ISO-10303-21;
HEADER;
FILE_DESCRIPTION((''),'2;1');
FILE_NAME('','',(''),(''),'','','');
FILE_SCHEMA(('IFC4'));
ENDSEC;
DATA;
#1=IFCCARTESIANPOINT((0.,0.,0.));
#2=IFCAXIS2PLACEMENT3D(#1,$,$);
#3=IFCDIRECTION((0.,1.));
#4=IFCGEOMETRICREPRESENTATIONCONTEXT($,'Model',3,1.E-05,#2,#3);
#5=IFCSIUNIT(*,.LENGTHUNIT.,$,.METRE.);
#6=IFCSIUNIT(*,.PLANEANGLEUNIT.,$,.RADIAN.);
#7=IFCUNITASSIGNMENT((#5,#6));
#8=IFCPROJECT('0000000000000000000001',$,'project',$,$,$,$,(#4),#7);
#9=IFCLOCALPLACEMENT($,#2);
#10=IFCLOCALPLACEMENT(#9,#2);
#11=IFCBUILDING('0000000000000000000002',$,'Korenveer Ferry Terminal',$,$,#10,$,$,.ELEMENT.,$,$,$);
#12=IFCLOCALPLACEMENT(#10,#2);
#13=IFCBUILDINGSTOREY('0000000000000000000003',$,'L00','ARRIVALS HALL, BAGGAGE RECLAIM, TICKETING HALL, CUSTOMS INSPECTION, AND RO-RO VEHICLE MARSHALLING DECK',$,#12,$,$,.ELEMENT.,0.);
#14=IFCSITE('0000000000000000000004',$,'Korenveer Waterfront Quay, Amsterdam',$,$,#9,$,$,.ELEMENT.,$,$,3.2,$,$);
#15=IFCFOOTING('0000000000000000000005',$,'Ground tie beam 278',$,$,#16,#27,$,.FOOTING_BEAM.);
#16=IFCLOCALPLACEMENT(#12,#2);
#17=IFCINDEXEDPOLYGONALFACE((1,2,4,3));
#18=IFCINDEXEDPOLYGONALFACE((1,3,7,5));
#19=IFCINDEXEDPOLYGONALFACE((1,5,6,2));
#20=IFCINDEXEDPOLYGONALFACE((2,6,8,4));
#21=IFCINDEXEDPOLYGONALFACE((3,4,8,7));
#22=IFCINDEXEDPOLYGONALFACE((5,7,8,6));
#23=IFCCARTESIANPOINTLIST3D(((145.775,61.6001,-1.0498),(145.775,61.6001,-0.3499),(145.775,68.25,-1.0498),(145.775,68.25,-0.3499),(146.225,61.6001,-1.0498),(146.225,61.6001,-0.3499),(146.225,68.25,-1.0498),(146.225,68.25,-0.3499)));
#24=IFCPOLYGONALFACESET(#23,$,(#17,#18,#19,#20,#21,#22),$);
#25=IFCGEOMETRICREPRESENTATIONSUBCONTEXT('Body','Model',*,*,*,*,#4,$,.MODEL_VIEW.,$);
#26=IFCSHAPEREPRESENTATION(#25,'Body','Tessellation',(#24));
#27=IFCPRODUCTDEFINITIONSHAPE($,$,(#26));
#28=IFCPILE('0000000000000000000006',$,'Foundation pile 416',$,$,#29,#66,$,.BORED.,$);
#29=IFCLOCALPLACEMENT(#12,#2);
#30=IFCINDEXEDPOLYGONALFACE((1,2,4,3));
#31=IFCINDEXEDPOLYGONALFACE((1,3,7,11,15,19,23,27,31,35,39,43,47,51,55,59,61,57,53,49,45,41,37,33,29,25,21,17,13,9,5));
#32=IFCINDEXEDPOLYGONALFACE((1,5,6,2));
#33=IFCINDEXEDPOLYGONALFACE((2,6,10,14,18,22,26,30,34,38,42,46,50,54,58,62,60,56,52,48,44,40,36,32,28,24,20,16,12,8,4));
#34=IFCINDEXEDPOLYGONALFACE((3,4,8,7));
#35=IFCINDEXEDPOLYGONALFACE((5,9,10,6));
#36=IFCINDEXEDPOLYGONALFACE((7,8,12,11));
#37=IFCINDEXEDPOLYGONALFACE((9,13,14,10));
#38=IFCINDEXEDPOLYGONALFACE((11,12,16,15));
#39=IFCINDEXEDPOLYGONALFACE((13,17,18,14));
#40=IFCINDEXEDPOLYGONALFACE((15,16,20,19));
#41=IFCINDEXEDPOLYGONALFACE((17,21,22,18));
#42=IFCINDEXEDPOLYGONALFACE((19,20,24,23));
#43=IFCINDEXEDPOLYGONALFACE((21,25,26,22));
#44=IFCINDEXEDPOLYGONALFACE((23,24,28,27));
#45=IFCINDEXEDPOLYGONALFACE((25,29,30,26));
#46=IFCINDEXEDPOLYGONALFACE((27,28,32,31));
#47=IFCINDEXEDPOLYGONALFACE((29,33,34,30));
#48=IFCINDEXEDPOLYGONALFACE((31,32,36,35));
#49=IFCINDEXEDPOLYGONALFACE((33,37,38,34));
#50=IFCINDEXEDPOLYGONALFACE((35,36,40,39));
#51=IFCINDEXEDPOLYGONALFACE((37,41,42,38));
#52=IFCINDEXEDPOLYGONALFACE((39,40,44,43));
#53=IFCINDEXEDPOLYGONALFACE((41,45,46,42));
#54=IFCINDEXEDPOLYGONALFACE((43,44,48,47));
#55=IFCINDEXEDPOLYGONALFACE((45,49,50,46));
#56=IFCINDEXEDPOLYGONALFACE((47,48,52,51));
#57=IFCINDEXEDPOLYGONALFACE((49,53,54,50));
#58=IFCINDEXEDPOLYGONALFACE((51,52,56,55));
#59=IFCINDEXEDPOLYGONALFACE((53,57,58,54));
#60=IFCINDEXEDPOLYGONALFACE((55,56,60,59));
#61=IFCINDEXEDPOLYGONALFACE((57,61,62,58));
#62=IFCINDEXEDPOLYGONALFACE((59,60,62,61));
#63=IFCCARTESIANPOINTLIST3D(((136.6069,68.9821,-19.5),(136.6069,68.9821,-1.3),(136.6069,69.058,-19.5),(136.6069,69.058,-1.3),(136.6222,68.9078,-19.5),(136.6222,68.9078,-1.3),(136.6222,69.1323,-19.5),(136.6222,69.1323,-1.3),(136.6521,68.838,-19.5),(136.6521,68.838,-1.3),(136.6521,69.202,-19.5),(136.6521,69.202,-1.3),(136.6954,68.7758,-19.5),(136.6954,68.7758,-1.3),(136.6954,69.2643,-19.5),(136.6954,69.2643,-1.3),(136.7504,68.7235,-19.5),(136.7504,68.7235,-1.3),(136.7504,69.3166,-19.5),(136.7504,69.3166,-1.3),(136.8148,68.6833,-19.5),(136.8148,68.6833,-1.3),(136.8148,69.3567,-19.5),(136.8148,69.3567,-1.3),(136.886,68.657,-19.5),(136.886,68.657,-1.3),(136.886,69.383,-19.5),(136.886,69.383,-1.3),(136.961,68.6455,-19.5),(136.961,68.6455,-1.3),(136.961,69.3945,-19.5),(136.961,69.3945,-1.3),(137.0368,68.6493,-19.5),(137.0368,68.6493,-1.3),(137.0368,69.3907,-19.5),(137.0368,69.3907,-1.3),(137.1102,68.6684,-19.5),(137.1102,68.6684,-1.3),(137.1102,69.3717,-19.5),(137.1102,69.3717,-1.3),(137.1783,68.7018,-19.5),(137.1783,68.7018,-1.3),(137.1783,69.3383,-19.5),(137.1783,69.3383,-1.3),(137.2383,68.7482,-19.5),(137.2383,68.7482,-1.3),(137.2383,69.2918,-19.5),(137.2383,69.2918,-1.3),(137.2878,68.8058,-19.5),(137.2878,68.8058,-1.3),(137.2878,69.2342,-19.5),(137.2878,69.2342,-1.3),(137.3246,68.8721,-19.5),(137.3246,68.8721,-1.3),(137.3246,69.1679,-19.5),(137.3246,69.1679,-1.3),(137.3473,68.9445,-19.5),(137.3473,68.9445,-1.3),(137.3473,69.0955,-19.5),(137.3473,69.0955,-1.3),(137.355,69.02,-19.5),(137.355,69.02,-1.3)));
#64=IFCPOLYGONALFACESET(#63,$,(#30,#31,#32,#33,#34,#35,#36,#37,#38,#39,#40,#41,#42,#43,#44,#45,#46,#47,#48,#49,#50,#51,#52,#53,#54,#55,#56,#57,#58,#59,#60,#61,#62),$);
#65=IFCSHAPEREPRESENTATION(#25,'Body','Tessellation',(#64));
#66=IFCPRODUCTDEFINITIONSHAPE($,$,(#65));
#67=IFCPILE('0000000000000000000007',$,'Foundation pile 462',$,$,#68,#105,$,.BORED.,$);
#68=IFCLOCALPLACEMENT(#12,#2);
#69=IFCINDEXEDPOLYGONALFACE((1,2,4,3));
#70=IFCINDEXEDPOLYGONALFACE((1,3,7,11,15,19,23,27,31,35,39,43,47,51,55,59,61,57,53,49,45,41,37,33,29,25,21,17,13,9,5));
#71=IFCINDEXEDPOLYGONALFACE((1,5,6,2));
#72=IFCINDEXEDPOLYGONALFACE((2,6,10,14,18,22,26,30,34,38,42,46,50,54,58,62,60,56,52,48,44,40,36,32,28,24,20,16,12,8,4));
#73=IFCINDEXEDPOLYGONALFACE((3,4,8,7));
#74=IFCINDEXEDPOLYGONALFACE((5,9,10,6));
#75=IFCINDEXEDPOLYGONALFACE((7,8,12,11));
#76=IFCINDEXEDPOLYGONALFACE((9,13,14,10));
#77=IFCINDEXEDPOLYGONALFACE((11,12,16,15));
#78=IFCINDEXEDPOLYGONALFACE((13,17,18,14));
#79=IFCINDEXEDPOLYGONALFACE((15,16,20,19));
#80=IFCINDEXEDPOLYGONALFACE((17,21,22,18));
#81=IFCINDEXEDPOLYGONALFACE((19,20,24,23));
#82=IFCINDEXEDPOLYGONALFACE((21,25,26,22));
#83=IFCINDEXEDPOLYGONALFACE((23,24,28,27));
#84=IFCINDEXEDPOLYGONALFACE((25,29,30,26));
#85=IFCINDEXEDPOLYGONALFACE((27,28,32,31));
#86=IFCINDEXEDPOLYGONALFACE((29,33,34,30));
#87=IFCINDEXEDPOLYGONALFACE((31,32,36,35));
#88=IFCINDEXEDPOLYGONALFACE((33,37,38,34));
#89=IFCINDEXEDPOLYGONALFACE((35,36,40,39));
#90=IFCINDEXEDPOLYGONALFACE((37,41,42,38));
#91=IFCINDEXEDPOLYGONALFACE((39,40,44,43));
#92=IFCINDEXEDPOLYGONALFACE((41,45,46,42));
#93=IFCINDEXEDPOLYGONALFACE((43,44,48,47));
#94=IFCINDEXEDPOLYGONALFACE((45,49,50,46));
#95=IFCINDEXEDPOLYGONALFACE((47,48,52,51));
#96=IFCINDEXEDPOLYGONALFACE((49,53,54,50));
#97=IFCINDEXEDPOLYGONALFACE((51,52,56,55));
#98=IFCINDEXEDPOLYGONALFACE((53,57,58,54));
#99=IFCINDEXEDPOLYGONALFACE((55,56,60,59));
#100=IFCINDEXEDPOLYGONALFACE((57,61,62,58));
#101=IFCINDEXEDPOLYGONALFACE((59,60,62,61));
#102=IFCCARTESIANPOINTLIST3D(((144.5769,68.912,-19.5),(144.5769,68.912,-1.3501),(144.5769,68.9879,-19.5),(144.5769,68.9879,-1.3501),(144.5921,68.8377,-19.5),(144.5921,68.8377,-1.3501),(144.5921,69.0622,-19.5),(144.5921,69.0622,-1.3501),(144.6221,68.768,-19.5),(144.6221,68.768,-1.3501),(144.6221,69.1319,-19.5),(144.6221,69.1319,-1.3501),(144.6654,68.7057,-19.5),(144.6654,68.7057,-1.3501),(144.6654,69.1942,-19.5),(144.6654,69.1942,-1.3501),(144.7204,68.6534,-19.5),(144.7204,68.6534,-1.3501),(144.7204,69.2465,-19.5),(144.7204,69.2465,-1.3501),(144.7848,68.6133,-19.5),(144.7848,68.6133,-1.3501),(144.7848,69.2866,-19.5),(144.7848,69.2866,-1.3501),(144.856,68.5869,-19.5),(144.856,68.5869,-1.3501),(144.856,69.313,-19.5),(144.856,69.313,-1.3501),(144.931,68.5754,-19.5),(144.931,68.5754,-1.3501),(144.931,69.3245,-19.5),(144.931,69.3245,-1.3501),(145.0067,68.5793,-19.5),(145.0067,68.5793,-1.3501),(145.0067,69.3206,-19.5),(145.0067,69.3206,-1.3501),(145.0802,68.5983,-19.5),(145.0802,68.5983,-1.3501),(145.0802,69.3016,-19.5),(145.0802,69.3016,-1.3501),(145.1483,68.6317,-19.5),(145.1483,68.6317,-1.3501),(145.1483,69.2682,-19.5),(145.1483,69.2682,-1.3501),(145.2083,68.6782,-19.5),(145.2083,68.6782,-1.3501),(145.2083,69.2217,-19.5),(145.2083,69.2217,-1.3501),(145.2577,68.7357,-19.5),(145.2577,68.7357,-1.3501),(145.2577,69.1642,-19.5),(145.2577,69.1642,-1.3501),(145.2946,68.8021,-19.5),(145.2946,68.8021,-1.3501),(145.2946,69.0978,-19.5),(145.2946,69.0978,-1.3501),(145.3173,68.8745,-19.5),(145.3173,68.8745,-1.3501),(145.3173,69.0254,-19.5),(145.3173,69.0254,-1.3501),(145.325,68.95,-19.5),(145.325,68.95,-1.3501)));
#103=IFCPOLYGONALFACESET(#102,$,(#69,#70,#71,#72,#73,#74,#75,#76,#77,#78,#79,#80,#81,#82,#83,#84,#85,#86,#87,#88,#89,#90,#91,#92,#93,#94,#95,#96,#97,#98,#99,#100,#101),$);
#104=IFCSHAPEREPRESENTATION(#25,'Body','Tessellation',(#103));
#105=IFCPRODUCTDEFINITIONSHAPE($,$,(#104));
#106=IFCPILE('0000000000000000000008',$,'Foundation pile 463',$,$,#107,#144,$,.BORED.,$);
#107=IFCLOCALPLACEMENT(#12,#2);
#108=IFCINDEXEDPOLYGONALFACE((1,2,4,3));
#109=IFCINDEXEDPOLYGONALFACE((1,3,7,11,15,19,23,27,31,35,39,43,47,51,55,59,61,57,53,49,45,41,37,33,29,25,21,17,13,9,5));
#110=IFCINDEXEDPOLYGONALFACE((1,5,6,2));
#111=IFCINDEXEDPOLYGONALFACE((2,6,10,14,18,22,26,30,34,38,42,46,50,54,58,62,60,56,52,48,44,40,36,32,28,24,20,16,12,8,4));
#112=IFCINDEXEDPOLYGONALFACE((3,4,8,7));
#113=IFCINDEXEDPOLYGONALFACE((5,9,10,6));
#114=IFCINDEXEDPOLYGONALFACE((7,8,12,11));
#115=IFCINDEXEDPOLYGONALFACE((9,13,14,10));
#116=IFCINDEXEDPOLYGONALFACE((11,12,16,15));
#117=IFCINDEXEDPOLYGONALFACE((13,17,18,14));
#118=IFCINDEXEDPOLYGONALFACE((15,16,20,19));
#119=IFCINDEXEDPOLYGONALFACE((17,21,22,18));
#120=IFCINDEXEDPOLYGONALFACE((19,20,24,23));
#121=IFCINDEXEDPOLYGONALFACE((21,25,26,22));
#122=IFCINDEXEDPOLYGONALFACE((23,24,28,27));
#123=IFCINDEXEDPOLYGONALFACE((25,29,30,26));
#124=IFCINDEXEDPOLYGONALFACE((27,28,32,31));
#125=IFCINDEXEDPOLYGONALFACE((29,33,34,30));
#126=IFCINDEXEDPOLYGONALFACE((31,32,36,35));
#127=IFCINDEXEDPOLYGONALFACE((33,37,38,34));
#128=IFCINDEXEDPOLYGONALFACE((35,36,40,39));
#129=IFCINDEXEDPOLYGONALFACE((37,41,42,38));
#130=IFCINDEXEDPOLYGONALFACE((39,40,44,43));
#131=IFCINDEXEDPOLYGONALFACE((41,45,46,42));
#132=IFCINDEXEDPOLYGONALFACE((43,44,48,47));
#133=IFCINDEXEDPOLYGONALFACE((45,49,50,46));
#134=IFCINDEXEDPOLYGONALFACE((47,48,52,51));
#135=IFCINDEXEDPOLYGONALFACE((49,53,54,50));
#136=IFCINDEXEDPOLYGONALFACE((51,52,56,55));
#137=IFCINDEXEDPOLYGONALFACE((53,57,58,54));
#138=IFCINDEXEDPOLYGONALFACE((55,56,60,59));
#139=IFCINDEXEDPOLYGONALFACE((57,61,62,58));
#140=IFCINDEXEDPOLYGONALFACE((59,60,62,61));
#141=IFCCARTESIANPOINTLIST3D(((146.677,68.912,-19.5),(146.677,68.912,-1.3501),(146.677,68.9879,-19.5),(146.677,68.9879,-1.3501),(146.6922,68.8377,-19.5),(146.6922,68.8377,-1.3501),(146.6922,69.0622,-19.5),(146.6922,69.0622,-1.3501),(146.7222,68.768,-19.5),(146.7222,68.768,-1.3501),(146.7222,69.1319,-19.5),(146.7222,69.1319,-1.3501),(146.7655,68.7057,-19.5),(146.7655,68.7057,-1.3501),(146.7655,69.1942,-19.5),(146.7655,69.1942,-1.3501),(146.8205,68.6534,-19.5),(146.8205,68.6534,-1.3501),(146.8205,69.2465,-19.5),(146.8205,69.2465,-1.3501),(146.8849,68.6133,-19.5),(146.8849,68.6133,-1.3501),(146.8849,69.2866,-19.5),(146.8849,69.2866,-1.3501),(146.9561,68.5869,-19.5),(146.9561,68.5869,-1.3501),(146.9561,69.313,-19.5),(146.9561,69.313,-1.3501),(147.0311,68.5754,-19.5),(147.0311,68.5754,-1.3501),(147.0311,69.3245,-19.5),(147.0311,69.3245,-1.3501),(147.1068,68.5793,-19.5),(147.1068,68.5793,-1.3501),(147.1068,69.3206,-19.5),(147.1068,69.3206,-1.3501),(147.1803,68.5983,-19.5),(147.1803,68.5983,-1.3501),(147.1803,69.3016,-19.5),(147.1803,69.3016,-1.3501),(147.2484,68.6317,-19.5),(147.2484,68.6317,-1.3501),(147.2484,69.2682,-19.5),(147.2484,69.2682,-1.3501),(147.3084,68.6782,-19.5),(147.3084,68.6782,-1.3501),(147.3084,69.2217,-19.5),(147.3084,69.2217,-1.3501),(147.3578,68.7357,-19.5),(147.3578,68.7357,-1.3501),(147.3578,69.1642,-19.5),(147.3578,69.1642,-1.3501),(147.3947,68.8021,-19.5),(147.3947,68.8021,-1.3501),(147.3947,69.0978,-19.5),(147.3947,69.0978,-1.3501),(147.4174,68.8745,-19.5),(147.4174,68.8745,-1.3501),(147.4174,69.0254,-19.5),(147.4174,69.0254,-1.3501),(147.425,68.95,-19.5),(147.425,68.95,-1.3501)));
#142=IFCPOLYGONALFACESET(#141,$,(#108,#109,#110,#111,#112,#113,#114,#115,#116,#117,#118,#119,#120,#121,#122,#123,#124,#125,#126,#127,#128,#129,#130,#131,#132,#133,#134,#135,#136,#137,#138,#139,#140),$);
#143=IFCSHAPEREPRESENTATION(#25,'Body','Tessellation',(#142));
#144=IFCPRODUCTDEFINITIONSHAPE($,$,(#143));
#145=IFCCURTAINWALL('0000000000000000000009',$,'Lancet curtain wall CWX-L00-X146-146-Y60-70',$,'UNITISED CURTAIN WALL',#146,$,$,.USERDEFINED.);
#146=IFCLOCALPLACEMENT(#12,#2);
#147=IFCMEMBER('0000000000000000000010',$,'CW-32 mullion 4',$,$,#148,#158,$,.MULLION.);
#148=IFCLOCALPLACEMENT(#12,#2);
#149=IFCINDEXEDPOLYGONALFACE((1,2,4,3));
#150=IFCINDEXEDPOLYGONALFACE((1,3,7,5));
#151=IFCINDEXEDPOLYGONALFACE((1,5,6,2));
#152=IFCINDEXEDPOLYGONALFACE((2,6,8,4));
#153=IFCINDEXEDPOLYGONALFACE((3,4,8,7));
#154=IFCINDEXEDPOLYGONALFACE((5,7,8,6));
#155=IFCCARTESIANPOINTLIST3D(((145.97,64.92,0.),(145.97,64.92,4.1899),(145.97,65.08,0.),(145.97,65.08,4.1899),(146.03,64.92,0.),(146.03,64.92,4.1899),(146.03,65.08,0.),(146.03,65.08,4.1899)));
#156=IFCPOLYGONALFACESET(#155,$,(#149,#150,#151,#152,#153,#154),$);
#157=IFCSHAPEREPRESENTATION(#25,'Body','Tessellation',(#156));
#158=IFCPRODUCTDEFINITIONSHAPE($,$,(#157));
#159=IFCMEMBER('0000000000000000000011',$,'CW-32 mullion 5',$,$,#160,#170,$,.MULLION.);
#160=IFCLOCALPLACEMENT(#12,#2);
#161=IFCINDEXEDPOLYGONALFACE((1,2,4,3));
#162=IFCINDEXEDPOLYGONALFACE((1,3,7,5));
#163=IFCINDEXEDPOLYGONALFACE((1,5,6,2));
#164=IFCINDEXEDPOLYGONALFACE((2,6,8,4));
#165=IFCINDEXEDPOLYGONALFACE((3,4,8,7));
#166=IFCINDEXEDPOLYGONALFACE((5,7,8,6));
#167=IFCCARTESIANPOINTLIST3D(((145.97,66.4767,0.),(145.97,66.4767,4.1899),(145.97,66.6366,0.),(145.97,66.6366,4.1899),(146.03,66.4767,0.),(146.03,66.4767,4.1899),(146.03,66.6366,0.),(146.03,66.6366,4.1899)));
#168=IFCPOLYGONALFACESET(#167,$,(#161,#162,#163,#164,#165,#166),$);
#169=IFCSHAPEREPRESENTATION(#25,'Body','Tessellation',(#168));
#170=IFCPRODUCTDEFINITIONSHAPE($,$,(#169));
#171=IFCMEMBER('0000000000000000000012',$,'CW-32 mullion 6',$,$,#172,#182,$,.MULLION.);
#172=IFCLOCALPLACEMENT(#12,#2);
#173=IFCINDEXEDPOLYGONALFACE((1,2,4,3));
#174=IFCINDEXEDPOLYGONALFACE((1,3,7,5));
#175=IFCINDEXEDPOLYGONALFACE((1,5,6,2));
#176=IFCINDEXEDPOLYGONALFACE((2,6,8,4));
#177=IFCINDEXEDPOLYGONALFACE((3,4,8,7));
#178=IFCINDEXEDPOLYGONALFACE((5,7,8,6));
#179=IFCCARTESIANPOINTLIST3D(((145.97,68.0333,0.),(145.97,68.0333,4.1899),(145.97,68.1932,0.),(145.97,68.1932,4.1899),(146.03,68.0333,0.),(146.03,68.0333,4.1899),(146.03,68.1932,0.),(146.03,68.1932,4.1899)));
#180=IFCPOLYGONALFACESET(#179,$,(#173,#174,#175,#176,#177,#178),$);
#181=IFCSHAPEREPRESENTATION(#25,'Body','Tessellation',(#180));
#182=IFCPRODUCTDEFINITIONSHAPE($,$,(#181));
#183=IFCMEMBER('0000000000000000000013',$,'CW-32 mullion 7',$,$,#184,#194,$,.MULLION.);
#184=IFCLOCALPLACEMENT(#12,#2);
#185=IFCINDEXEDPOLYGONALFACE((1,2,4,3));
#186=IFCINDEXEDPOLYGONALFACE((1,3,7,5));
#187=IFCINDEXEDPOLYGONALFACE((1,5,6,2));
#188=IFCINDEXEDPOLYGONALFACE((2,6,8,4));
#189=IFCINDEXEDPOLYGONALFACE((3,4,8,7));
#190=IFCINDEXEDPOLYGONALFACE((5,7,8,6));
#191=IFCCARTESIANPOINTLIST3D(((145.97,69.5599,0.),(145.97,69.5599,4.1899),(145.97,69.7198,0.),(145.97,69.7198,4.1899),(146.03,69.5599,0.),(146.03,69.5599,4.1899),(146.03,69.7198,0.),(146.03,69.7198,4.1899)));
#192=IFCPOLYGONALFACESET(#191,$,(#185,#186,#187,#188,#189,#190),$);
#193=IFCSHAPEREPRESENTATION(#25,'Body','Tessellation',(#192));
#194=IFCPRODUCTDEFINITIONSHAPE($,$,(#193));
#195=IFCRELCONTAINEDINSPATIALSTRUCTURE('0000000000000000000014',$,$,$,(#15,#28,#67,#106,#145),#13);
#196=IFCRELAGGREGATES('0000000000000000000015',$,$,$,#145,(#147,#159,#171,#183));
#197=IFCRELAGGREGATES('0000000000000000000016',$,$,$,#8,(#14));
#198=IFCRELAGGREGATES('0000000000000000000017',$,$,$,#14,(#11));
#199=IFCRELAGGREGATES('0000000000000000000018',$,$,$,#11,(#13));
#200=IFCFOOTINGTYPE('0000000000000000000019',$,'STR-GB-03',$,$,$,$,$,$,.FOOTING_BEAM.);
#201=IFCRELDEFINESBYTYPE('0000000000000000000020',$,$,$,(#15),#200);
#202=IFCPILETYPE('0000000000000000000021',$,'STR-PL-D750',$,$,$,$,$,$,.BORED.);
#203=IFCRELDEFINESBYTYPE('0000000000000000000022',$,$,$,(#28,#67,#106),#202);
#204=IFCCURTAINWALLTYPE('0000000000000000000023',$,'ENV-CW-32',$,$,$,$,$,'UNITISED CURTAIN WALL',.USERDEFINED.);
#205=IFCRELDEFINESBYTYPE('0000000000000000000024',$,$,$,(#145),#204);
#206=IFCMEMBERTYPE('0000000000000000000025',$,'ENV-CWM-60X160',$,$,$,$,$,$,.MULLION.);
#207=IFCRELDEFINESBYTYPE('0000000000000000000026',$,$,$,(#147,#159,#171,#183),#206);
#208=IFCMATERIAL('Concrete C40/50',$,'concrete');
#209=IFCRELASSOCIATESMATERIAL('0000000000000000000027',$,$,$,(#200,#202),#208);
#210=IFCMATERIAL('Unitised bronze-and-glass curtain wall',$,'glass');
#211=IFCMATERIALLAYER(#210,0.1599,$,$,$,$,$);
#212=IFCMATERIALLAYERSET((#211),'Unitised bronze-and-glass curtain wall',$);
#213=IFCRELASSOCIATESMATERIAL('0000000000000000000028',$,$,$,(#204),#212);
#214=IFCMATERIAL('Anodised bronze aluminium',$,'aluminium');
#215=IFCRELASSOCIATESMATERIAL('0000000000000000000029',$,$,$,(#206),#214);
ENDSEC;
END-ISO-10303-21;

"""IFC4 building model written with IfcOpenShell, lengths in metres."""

from ifc_helpers import new_model, si_unit, direction, frame, origin, origin_2d, place, context, subcontext, project, spatial, rectangle, circle, extrude, material, layer, layer_set, material_profile, profile_set, type_object, element, aggregate, save


model = new_model("IFC4")

# Units and contexts
model_context = context("Model", 3, precision=1e-05, world=origin(), true_north=direction((0.0, 1.0)))
body_context = subcontext(model_context, "Body", "Model", "MODEL_VIEW")
ifc_project = project(units=[si_unit("LENGTHUNIT", "METRE"), si_unit("PLANEANGLEUNIT", "RADIAN")], contexts=[model_context])

# Site, building, storey
site_placement = place(None, origin())
site = spatial("IfcSite", under=ifc_project, at=site_placement, Name="Korenveer Waterfront Quay, Amsterdam", CompositionType="ELEMENT", RefElevation=3.2)
building_placement = place(site_placement, origin())
building = spatial("IfcBuilding", under=site, at=building_placement, Name="Korenveer Ferry Terminal", CompositionType="ELEMENT")
storey_placement = place(building_placement, origin())
storey = spatial("IfcBuildingStorey", under=building, at=storey_placement, Name="L00", Description="ARRIVALS HALL, BAGGAGE RECLAIM, TICKETING HALL, CUSTOMS INSPECTION, AND RO-RO VEHICLE MARSHALLING DECK", CompositionType="ELEMENT", Elevation=0.0)

# Footing
ifc_material_1 = material(Name="Concrete C40/50", Category="concrete")
footing_type = type_object("IfcFootingType", Name="STR-GB-03", PredefinedType="FOOTING_BEAM", material=ifc_material_1)
footing_placement = place(storey_placement, frame((146.0, 64.925, -1.0498), z_axis=(0.0, 0.0, 1.0), x_axis=(1.0, 0.0, 0.0)))
element("IfcFooting", 1, at=footing_placement, inside=storey, type_object=footing_type, Name="Ground tie beam 278", PredefinedType="FOOTING_BEAM", context=body_context, shape_type="SweptSolid", body=[
    extrude(rectangle(XDim=0.45, YDim=6.6499, at=origin_2d()), origin(), (0.0, 0.0, 1.0), 0.7),
])

# Piles
ifc_material_profile_1 = material_profile(ifc_material_1, circle(Radius=0.375, at=origin_2d()), Name="PILE D750")
ifc_profile_set_1 = profile_set([ifc_material_profile_1], Name="Concrete C40/50")
pile_type = type_object("IfcPileType", Name="STR-PL-D750", PredefinedType="BORED", material=ifc_profile_set_1)
pile_placement = place(storey_placement, frame((136.98, 69.02, -1.3), z_axis=(0.0, 0.0, -1.0), x_axis=(1.0, 0.0, 0.0)))
element("IfcPile", 2, at=pile_placement, inside=storey, type_object=pile_type, Name="Foundation pile 416", PredefinedType="BORED", context=body_context, shape_type="SweptSolid", body=[
    extrude(circle(Radius=0.375, at=origin_2d()), origin(), (0.0, 0.0, 1.0), 18.2),
])
for number, where, z_axis, x_axis, name in (
    (3, (144.95, 68.95, -1.3501), (0.0, 0.0, -1.0), (1.0, 0.0, 0.0), "Foundation pile 462"),
    (4, (147.05, 68.95, -1.3501), (0.0, 0.0, -1.0), (1.0, 0.0, 0.0), "Foundation pile 463"),
):
    element("IfcPile", number, at=place(storey_placement, frame(where, z_axis=z_axis, x_axis=x_axis)), inside=storey, type_object=pile_type, Name=name, PredefinedType="BORED", context=body_context, shape_type="SweptSolid", body=[
        extrude(circle(Radius=0.375, at=origin_2d()), origin(), (0.0, 0.0, 1.0), 18.1499),
    ])

# Curtain wall, members
ifc_material_2 = material(Name="Unitised bronze-and-glass curtain wall", Category="glass")
ifc_layer_1 = layer(ifc_material_2, 0.1599)
ifc_layer_set_1 = layer_set([ifc_layer_1], Name="Unitised bronze-and-glass curtain wall")
curtain_wall_type = type_object("IfcCurtainWallType", Name="ENV-CW-32", ElementType="UNITISED CURTAIN WALL", PredefinedType="USERDEFINED", material=ifc_layer_set_1)
curtain_wall_placement = place(storey_placement, frame((146.0, 60.3301, 0.0)))
curtain_wall = element("IfcCurtainWall", 5, at=curtain_wall_placement, inside=storey, type_object=curtain_wall_type, Name="Lancet curtain wall CWX-L00-X146-146-Y60-70", ObjectType="UNITISED CURTAIN WALL", PredefinedType="USERDEFINED")
ifc_material_3 = material(Name="Anodised bronze aluminium", Category="aluminium")
ifc_material_profile_2 = material_profile(ifc_material_3, rectangle(XDim=0.0601, YDim=0.1599, at=origin_2d()), Name="ALU 60x160")
ifc_profile_set_2 = profile_set([ifc_material_profile_2], Name="Anodised bronze aluminium")
member_type_1 = type_object("IfcMemberType", Name="ENV-CWM-60X160", PredefinedType="MULLION", material=ifc_profile_set_2)
member_1_placement = place(storey_placement, frame((146.0, 65.0, 0.0), z_axis=(0.0, 0.0, 1.0), x_axis=(-1.0, 0.0, 0.0)))
member_1 = element("IfcMember", 6, at=member_1_placement, type_object=member_type_1, Name="CW-32 mullion 4", PredefinedType="MULLION", context=body_context, shape_type="SweptSolid", body=[
    extrude(rectangle(XDim=0.0601, YDim=0.1599, at=origin_2d()), origin(), (0.0, 0.0, 1.0), 4.1899),
])
member_2_placement = place(storey_placement, frame((146.0, 66.5566, 0.0), z_axis=(0.0, 0.0, 1.0), x_axis=(-1.0, 0.0, 0.0)))
member_2 = element("IfcMember", 7, at=member_2_placement, type_object=member_type_1, Name="CW-32 mullion 5", PredefinedType="MULLION", context=body_context, shape_type="SweptSolid", body=[
    extrude(rectangle(XDim=0.0601, YDim=0.1599, at=origin_2d()), origin(), (0.0, 0.0, 1.0), 4.1899),
])
member_3_placement = place(storey_placement, frame((146.0, 68.1133, 0.0), z_axis=(0.0, 0.0, 1.0), x_axis=(-1.0, 0.0, 0.0)))
member_3 = element("IfcMember", 8, at=member_3_placement, type_object=member_type_1, Name="CW-32 mullion 6", PredefinedType="MULLION", context=body_context, shape_type="SweptSolid", body=[
    extrude(rectangle(XDim=0.0601, YDim=0.1599, at=origin_2d()), origin(), (0.0, 0.0, 1.0), 4.1899),
])
member_4_placement = place(storey_placement, frame((146.0, 69.6399, 0.0), z_axis=(0.0, 0.0, 1.0), x_axis=(-1.0, 0.0, 0.0)))
member_4 = element("IfcMember", 9, at=member_4_placement, type_object=member_type_1, Name="CW-32 mullion 7", PredefinedType="MULLION", context=body_context, shape_type="SweptSolid", body=[
    extrude(rectangle(XDim=0.0601, YDim=0.1599, at=origin_2d()), origin(), (0.0, 0.0, 1.0), 4.1899),
])
aggregate(curtain_wall, [member_1, member_2, member_3, member_4])

save(model, "model.ifc")
